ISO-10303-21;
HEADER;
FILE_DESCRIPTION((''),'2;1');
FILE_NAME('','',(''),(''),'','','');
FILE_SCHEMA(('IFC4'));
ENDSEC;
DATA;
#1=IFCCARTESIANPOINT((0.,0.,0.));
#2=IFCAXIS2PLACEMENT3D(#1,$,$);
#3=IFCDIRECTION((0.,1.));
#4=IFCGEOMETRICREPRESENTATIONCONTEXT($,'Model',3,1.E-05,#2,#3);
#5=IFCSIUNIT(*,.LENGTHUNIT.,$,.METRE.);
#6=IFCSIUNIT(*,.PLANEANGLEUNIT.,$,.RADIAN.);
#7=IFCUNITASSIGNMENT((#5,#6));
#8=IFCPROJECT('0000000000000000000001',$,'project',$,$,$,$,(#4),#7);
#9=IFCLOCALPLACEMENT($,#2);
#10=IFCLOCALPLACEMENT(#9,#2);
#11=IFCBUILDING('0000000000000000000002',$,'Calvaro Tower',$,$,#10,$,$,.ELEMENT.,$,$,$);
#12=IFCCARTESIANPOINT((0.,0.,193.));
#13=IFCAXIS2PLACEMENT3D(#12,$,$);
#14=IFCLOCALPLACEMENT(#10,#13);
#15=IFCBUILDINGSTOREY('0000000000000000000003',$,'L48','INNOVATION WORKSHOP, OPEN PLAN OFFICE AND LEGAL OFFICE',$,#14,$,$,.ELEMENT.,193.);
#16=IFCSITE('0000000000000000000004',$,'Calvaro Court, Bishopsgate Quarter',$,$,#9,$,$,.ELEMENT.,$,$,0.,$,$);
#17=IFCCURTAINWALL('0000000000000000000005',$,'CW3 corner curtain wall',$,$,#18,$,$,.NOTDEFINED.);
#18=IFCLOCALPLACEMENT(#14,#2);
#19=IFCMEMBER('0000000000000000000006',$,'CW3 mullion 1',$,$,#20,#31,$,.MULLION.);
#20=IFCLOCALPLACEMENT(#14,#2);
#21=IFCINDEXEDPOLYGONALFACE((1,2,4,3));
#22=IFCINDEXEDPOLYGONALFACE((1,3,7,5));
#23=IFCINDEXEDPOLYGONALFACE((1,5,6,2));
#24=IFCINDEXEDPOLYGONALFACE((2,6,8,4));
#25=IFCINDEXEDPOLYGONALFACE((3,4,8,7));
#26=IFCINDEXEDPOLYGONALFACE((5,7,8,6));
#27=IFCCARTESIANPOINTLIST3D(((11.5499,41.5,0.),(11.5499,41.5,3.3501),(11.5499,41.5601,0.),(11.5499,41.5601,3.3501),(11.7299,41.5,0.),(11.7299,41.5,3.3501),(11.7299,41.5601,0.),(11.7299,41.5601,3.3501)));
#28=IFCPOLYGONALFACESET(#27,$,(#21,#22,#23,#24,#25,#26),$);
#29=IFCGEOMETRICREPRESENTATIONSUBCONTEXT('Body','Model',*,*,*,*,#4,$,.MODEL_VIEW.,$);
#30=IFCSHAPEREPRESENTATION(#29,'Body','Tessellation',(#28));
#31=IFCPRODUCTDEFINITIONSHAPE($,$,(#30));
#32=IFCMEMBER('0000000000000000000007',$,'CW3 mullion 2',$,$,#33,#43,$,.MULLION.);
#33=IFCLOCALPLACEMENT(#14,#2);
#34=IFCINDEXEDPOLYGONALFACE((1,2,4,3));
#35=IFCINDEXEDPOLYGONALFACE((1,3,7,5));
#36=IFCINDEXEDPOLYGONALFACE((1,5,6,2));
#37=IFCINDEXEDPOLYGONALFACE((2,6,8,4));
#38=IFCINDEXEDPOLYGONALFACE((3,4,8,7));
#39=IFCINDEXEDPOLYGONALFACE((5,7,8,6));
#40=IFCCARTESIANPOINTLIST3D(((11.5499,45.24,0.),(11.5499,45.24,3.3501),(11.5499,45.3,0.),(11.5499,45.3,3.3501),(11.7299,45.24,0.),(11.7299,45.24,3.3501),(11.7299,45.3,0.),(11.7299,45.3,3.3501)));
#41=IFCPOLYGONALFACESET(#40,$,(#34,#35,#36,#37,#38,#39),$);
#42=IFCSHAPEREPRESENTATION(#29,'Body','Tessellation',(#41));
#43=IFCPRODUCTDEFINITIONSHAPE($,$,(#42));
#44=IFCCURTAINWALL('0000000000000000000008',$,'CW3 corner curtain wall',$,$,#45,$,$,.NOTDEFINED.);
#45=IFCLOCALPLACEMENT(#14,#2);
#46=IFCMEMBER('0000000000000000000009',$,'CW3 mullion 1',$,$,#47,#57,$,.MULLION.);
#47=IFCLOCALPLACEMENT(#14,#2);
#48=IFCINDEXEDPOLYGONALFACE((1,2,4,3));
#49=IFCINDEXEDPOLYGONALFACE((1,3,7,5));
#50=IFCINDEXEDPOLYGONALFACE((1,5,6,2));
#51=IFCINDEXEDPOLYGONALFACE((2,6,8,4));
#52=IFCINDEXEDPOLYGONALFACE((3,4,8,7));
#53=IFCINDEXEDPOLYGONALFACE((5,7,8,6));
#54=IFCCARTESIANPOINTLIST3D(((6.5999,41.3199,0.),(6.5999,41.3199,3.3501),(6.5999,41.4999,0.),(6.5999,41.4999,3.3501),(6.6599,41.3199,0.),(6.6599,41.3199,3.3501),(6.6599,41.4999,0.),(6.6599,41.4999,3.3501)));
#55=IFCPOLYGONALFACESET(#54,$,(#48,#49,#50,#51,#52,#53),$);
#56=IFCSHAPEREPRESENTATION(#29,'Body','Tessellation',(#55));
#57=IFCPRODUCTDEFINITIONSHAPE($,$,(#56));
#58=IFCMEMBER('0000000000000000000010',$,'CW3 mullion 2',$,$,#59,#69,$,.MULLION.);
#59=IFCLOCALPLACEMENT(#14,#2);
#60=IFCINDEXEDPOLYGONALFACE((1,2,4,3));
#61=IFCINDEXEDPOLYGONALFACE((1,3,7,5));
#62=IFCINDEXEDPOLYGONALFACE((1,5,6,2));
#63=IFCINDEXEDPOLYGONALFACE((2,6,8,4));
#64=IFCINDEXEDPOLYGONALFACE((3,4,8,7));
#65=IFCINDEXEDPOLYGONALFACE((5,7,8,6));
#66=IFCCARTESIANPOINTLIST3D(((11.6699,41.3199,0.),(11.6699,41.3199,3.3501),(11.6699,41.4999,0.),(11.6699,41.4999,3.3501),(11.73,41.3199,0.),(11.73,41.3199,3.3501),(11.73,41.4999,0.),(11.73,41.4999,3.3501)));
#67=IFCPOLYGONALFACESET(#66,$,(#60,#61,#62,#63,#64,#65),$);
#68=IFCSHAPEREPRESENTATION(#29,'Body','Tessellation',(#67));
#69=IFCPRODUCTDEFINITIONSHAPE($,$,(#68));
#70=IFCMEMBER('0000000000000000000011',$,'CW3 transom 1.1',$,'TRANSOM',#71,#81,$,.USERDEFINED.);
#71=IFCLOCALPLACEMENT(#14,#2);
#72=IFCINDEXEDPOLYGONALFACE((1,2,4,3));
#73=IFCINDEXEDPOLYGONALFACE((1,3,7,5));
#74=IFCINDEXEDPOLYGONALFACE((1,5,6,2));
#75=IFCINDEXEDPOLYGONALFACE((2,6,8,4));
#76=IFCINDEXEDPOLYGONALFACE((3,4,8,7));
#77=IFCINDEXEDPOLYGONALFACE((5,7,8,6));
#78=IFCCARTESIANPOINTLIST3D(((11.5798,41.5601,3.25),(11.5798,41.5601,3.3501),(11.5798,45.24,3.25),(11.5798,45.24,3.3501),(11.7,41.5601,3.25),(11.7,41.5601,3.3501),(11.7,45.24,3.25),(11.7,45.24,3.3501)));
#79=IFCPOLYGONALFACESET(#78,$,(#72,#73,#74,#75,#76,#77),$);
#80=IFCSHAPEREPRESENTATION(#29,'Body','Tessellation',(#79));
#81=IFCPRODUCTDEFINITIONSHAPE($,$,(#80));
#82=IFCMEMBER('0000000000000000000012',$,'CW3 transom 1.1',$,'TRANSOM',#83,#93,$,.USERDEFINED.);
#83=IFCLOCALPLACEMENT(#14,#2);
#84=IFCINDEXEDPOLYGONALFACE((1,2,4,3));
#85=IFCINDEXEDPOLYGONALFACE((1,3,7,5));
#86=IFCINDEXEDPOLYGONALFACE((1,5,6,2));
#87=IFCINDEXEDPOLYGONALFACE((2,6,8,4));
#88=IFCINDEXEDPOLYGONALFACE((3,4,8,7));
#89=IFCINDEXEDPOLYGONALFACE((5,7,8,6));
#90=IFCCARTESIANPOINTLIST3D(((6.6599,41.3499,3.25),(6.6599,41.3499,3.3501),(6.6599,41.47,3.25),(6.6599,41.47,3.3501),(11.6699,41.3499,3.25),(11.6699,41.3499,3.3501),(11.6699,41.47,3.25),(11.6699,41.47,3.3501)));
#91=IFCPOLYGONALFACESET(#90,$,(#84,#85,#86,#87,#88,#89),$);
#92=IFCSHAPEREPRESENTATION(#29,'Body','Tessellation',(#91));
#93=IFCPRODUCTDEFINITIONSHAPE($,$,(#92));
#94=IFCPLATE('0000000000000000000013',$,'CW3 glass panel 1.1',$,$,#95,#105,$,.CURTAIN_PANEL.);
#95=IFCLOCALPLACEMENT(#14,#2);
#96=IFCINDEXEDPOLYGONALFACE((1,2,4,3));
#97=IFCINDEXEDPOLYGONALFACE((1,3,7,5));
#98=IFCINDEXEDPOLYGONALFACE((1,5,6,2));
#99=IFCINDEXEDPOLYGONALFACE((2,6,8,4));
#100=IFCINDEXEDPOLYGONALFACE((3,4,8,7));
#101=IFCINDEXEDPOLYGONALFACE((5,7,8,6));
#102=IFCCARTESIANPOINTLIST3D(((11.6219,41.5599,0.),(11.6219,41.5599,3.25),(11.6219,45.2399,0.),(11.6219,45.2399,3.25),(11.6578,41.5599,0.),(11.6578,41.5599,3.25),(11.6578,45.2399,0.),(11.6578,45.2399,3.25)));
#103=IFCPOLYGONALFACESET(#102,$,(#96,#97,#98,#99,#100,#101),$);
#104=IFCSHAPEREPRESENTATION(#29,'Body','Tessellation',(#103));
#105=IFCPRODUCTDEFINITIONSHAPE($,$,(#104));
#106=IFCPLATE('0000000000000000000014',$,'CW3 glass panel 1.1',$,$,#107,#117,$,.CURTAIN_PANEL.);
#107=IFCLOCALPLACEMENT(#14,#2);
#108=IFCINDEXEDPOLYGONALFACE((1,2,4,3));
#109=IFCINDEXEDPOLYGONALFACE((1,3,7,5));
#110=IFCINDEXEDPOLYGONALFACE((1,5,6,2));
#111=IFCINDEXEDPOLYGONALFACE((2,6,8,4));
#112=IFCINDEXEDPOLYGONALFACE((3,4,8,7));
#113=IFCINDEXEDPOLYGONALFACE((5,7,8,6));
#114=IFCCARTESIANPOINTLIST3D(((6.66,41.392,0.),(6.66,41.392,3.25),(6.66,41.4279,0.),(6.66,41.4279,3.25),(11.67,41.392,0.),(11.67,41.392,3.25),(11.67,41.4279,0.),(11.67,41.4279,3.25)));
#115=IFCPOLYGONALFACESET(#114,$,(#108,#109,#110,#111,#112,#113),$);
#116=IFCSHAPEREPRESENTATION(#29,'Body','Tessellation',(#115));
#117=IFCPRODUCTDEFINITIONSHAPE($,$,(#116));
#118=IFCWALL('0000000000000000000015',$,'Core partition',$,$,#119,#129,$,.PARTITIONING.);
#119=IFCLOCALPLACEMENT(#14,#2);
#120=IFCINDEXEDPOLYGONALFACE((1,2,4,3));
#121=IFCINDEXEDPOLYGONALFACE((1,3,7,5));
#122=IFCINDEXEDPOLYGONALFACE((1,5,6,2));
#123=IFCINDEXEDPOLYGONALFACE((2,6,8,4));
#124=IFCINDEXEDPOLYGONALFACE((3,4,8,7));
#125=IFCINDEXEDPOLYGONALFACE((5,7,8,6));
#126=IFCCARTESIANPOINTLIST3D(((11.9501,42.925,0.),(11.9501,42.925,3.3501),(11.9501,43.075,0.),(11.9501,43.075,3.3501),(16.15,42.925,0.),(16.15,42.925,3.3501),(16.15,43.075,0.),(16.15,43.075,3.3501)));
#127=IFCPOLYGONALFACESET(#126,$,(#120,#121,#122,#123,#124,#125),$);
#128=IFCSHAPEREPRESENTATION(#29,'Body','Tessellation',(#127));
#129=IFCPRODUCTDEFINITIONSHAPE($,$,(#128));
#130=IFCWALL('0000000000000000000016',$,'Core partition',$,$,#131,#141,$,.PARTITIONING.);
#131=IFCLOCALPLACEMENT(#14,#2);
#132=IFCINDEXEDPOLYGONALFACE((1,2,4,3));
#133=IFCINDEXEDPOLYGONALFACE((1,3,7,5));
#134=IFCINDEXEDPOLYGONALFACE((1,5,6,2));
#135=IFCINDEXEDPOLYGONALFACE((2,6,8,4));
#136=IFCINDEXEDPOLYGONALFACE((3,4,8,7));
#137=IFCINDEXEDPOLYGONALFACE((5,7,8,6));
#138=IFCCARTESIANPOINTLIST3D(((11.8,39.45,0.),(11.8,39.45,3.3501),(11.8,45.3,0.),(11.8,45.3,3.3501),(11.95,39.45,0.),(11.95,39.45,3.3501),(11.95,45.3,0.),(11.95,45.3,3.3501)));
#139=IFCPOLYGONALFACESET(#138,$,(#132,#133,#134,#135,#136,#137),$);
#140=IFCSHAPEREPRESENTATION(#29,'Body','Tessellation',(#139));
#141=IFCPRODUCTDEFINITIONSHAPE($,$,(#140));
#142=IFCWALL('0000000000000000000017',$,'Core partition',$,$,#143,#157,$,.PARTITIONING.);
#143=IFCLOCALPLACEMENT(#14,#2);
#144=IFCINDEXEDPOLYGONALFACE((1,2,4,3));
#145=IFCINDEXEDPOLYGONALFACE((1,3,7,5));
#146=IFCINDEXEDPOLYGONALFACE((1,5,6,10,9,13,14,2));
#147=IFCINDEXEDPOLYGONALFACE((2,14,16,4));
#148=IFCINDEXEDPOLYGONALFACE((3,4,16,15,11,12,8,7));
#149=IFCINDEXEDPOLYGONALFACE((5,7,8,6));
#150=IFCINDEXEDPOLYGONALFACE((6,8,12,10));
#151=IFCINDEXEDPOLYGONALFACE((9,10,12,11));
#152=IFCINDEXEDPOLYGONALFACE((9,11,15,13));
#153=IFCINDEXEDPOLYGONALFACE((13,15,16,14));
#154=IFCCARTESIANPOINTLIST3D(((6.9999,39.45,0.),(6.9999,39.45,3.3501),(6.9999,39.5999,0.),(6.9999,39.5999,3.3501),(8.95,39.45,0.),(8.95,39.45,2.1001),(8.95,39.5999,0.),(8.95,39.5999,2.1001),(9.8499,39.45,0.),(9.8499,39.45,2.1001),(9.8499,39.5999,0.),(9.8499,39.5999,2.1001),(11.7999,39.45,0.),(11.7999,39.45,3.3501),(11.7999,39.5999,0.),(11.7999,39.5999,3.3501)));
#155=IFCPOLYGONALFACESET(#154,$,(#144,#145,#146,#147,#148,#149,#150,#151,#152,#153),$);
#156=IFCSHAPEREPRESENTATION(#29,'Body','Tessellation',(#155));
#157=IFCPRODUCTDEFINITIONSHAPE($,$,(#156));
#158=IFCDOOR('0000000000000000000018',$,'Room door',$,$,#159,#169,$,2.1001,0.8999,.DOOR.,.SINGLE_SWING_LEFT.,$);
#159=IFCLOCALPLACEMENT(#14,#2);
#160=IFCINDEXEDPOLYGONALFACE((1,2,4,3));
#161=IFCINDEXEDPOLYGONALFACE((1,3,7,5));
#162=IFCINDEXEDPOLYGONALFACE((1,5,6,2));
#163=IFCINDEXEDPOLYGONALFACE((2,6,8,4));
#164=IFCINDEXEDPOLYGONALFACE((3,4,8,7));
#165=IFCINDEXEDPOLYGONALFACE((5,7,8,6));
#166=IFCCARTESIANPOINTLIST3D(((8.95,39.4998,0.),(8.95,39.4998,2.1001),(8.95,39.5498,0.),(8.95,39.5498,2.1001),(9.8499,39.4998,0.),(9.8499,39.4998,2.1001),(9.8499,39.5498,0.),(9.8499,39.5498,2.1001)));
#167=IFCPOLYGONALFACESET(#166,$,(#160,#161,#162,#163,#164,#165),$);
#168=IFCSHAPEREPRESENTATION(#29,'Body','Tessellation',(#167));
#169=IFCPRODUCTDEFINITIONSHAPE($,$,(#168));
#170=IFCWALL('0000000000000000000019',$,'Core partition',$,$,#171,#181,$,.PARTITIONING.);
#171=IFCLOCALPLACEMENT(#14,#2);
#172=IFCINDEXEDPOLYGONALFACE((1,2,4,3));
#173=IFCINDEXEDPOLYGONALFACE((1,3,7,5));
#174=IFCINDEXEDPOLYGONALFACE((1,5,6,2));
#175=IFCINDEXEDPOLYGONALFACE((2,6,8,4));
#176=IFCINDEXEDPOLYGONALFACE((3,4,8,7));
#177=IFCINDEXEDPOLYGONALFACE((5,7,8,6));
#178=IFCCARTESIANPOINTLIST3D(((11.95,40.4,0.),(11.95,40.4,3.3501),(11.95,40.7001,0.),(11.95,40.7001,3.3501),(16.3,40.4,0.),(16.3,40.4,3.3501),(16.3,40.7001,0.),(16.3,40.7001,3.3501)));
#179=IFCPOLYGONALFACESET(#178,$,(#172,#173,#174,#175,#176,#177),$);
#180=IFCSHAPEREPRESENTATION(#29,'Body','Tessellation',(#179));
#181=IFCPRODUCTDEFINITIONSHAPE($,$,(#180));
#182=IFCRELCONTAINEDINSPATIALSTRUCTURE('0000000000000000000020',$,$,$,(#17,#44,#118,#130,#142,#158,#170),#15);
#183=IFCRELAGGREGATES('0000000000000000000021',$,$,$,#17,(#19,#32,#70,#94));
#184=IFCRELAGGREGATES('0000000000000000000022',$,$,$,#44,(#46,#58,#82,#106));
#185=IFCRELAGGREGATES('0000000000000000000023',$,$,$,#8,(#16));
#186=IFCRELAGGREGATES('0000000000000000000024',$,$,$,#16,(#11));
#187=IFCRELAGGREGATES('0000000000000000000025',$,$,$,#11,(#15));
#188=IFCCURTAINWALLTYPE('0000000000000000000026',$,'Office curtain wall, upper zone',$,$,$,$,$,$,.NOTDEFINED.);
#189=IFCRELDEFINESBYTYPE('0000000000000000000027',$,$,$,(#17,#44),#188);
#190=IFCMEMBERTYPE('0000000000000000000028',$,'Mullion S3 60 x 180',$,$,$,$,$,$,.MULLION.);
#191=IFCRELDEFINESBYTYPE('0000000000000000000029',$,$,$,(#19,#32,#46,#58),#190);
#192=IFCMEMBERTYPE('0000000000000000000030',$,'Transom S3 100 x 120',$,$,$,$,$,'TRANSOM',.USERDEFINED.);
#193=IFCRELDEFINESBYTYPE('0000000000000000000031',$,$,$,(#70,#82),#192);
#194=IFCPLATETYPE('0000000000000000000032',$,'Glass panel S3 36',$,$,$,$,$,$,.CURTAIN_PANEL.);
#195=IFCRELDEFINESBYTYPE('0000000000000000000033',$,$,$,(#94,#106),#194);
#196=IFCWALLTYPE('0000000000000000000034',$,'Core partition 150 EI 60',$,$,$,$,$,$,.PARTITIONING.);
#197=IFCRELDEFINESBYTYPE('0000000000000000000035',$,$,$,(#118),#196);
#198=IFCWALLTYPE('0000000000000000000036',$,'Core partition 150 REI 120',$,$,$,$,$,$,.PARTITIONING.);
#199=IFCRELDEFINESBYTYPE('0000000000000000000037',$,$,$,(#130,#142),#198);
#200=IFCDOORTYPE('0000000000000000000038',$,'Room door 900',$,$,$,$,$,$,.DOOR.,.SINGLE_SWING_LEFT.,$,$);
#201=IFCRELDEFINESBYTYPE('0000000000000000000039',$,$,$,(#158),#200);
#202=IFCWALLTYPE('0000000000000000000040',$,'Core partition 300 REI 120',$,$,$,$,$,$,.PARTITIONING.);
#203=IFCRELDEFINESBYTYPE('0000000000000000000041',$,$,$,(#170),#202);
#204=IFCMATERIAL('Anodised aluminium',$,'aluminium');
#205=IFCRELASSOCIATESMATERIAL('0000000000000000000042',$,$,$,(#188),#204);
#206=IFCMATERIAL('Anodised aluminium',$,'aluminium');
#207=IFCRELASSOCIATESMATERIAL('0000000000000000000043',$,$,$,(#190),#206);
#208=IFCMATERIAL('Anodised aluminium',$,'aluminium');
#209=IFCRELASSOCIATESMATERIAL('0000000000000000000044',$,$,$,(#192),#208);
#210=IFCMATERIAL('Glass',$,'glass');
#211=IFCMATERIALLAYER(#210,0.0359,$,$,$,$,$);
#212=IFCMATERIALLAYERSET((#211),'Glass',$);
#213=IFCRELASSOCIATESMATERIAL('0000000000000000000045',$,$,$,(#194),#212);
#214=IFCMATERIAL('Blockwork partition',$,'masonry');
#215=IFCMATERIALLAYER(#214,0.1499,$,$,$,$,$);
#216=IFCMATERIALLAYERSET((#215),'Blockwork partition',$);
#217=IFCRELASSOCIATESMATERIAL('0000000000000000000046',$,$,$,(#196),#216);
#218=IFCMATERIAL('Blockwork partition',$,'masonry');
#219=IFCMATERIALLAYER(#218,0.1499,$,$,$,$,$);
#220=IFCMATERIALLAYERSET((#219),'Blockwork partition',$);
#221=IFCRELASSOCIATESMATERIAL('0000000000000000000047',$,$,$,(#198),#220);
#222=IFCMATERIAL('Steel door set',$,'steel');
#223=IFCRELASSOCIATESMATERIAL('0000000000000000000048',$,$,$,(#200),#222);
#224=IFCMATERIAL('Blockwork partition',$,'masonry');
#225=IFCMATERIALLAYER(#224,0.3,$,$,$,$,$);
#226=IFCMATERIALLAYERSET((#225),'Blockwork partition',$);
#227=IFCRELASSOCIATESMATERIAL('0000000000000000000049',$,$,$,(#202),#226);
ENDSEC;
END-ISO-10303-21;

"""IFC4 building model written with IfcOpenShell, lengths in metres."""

from ifc_helpers import new_model, si_unit, direction, frame, frame_2d, origin, origin_2d, place, context, subcontext, project, spatial, rectangle, extrude, material, layer, layer_set, material_profile, profile_set, type_object, element, fill, aggregate, save


model = new_model("IFC4")

# Units and contexts
model_context = context("Model", 3, precision=1e-05, world=origin(), true_north=direction((0.0, 1.0)))
body_context = subcontext(model_context, "Body", "Model", "MODEL_VIEW")
ifc_project = project(units=[si_unit("LENGTHUNIT", "METRE"), si_unit("PLANEANGLEUNIT", "RADIAN")], contexts=[model_context])

# Site, building, storey
site_placement = place(None, origin())
site = spatial("IfcSite", under=ifc_project, at=site_placement, Name="Calvaro Court, Bishopsgate Quarter", CompositionType="ELEMENT", RefElevation=0.0)
building_placement = place(site_placement, origin())
building = spatial("IfcBuilding", under=site, at=building_placement, Name="Calvaro Tower", CompositionType="ELEMENT")
storey_placement = place(building_placement, frame((0.0, 0.0, 193.0)))
storey = spatial("IfcBuildingStorey", under=building, at=storey_placement, Name="L48", Description="INNOVATION WORKSHOP, OPEN PLAN OFFICE AND LEGAL OFFICE", CompositionType="ELEMENT", Elevation=193.0)

# Curtain walls, members
ifc_material_1 = material(Name="Anodised aluminium", Category="aluminium")
curtain_wall_type = type_object("IfcCurtainWallType", Name="Office curtain wall, upper zone", PredefinedType="NOTDEFINED", material=ifc_material_1)
curtain_wall_1_placement = place(storey_placement, origin())
curtain_wall_1 = element("IfcCurtainWall", 1, at=curtain_wall_1_placement, inside=storey, type_object=curtain_wall_type, Name="CW3 corner curtain wall", PredefinedType="NOTDEFINED")
ifc_material_2 = material(Name="Anodised aluminium", Category="aluminium")
ifc_material_profile_1 = material_profile(ifc_material_2, rectangle(XDim=0.1799, YDim=0.0601, at=origin_2d()), Name="Mullion S3 60 x 180")
ifc_profile_set_1 = profile_set([ifc_material_profile_1], Name="Anodised aluminium")
member_type_1 = type_object("IfcMemberType", Name="Mullion S3 60 x 180", PredefinedType="MULLION", material=ifc_profile_set_1)
member_1_placement = place(storey_placement, frame((11.6399, 41.53, 0.0), z_axis=(0.0, 0.0, 1.0), x_axis=(-1.0, 0.0, 0.0)))
member_1 = element("IfcMember", 2, at=member_1_placement, type_object=member_type_1, Name="CW3 mullion 1", PredefinedType="MULLION", context=body_context, shape_type="SweptSolid", body=[
    extrude(rectangle(XDim=0.1799, YDim=0.0601, at=origin_2d()), origin(), (0.0, 0.0, 1.0), 3.3501),
])
member_2_placement = place(storey_placement, frame((11.6399, 45.27, 0.0), z_axis=(0.0, 0.0, 1.0), x_axis=(-1.0, 0.0, 0.0)))
member_2 = element("IfcMember", 3, at=member_2_placement, type_object=member_type_1, Name="CW3 mullion 2", PredefinedType="MULLION", context=body_context, shape_type="SweptSolid", body=[
    extrude(rectangle(XDim=0.1799, YDim=0.0601, at=origin_2d()), origin(), (0.0, 0.0, 1.0), 3.3501),
])
curtain_wall_2_placement = place(storey_placement, origin())
curtain_wall_2 = element("IfcCurtainWall", 4, at=curtain_wall_2_placement, inside=storey, type_object=curtain_wall_type, Name="CW3 corner curtain wall", PredefinedType="NOTDEFINED")
member_3_placement = place(storey_placement, frame((6.6299, 41.4099, 0.0), z_axis=(0.0, 0.0, 1.0), x_axis=(0.0, 1.0, 0.0)))
member_3 = element("IfcMember", 5, at=member_3_placement, type_object=member_type_1, Name="CW3 mullion 1", PredefinedType="MULLION", context=body_context, shape_type="SweptSolid", body=[
    extrude(rectangle(XDim=0.1799, YDim=0.0601, at=origin_2d()), origin(), (0.0, 0.0, 1.0), 3.3501),
])
member_4_placement = place(storey_placement, frame((11.7, 41.4099, 0.0), z_axis=(0.0, 0.0, 1.0), x_axis=(0.0, 1.0, 0.0)))
member_4 = element("IfcMember", 6, at=member_4_placement, type_object=member_type_1, Name="CW3 mullion 2", PredefinedType="MULLION", context=body_context, shape_type="SweptSolid", body=[
    extrude(rectangle(XDim=0.1799, YDim=0.0601, at=origin_2d()), origin(), (0.0, 0.0, 1.0), 3.3501),
])

# Members
ifc_material_3 = material(Name="Anodised aluminium", Category="aluminium")
ifc_material_profile_2 = material_profile(ifc_material_3, rectangle(XDim=0.1201, YDim=0.1001, at=origin_2d()), Name="Transom S3 100 x 120")
ifc_profile_set_2 = profile_set([ifc_material_profile_2], Name="Anodised aluminium")
member_type_2 = type_object("IfcMemberType", Name="Transom S3 100 x 120", ElementType="TRANSOM", PredefinedType="USERDEFINED", material=ifc_profile_set_2)
member_5_placement = place(storey_placement, frame((11.6399, 41.5601, 3.3), z_axis=(0.0, 1.0, 0.0), x_axis=(-1.0, 0.0, 0.0)))
member_5 = element("IfcMember", 7, at=member_5_placement, type_object=member_type_2, Name="CW3 transom 1.1", ObjectType="TRANSOM", PredefinedType="USERDEFINED", context=body_context, shape_type="SweptSolid", body=[
    extrude(rectangle(XDim=0.1201, YDim=0.1001, at=origin_2d()), origin(), (0.0, 0.0, 1.0), 3.6799),
])
member_6_placement = place(storey_placement, frame((6.6599, 41.4099, 3.3), z_axis=(1.0, 0.0, 0.0), x_axis=(0.0, 1.0, 0.0)))
member_6 = element("IfcMember", 8, at=member_6_placement, type_object=member_type_2, Name="CW3 transom 1.1", ObjectType="TRANSOM", PredefinedType="USERDEFINED", context=body_context, shape_type="SweptSolid", body=[
    extrude(rectangle(XDim=0.1201, YDim=0.1001, at=origin_2d()), origin(), (0.0, 0.0, 1.0), 5.01),
])

# Plates
ifc_material_4 = material(Name="Glass", Category="glass")
ifc_layer_1 = layer(ifc_material_4, 0.0359)
ifc_layer_set_1 = layer_set([ifc_layer_1], Name="Glass")
plate_type = type_object("IfcPlateType", Name="Glass panel S3 36", PredefinedType="CURTAIN_PANEL", material=ifc_layer_set_1)
plate_1_placement = place(storey_placement, frame((11.6399, 43.3999, 0.0), z_axis=(0.0, 0.0, 1.0), x_axis=(0.0, 1.0, 0.0)))
plate_1 = element("IfcPlate", 9, at=plate_1_placement, type_object=plate_type, Name="CW3 glass panel 1.1", PredefinedType="CURTAIN_PANEL", context=body_context, shape_type="SweptSolid", body=[
    extrude(rectangle(XDim=3.6799, YDim=0.0359, at=origin_2d()), origin(), (0.0, 0.0, 1.0), 3.25),
])
aggregate(curtain_wall_1, [member_1, member_2, member_5, plate_1])
plate_2_placement = place(storey_placement, frame((9.165, 41.4099, 0.0), z_axis=(0.0, 0.0, 1.0), x_axis=(1.0, 0.0, 0.0)))
plate_2 = element("IfcPlate", 10, at=plate_2_placement, type_object=plate_type, Name="CW3 glass panel 1.1", PredefinedType="CURTAIN_PANEL", context=body_context, shape_type="SweptSolid", body=[
    extrude(rectangle(XDim=5.01, YDim=0.0359, at=origin_2d()), origin(), (0.0, 0.0, 1.0), 3.25),
])
aggregate(curtain_wall_2, [member_3, member_4, member_6, plate_2])

# Walls
ifc_material_5 = material(Name="Blockwork partition", Category="masonry")
ifc_layer_2 = layer(ifc_material_5, 0.1499)
ifc_layer_set_2 = layer_set([ifc_layer_2], Name="Blockwork partition")
wall_type_1 = type_object("IfcWallType", Name="Core partition 150 EI 60", PredefinedType="PARTITIONING", material=ifc_layer_set_2)
wall_1_placement = place(storey_placement, frame((11.95, 43.0, 0.0), z_axis=(0.0, 0.0, 1.0), x_axis=(1.0, 0.0, 0.0)))
element("IfcWall", 11, at=wall_1_placement, inside=storey, type_object=wall_type_1, Name="Core partition", PredefinedType="PARTITIONING", context=body_context, shape_type="SweptSolid", body=[
    extrude(rectangle(XDim=4.2, YDim=0.1499, at=frame_2d((2.1001, 0.0))), origin(), (0.0, 0.0, 1.0), 3.3501),
])
ifc_material_6 = material(Name="Blockwork partition", Category="masonry")
ifc_layer_3 = layer(ifc_material_6, 0.1499)
ifc_layer_set_3 = layer_set([ifc_layer_3], Name="Blockwork partition")
wall_type_2 = type_object("IfcWallType", Name="Core partition 150 REI 120", PredefinedType="PARTITIONING", material=ifc_layer_set_3)
wall_2_placement = place(storey_placement, frame((11.875, 39.45, 0.0), z_axis=(0.0, 0.0, 1.0), x_axis=(0.0, 1.0, 0.0)))
element("IfcWall", 12, at=wall_2_placement, inside=storey, type_object=wall_type_2, Name="Core partition", PredefinedType="PARTITIONING", context=body_context, shape_type="SweptSolid", body=[
    extrude(rectangle(XDim=5.8501, YDim=0.1499, at=frame_2d((2.925, 0.0))), origin(), (0.0, 0.0, 1.0), 3.3501),
])

# Wall, opening, door
wall_3_placement = place(storey_placement, frame((7.0, 39.5249, 0.0), z_axis=(0.0, 0.0, 1.0), x_axis=(1.0, 0.0, 0.0)))
wall_3 = element("IfcWall", 13, at=wall_3_placement, inside=storey, type_object=wall_type_2, Name="Core partition", PredefinedType="PARTITIONING", context=body_context, shape_type="SweptSolid", body=[
    extrude(rectangle(XDim=4.8, YDim=0.1499, at=frame_2d((2.3999, 0.0))), origin(), (0.0, 0.0, 1.0), 3.3501),
])
opening_1_placement = place(wall_3_placement, frame((1.95, 0.0, 0.0)))
opening_1 = element("IfcOpeningElement", 14, at=opening_1_placement, cuts=wall_3, PredefinedType="OPENING", context=body_context, shape_type="SweptSolid", body=[
    extrude(rectangle(XDim=0.8999, YDim=2.1001, at=frame_2d((0.45, 1.05))), frame((0.0, 0.085, 0.0), z_axis=(0.0, -1.0, 0.0), x_axis=(1.0, 0.0, 0.0)), (0.0, 0.0, 1.0), 0.1699),
])
ifc_material_7 = material(Name="Steel door set", Category="steel")
door_type = type_object("IfcDoorType", Name="Room door 900", OperationType="SINGLE_SWING_LEFT", PredefinedType="DOOR", material=ifc_material_7)
door_placement = place(opening_1_placement, origin())
door = element("IfcDoor", 15, at=door_placement, inside=storey, type_object=door_type, Name="Room door", OperationType="SINGLE_SWING_LEFT", OverallHeight=2.1001, OverallWidth=0.8999, PredefinedType="DOOR", context=body_context, shape_type="SweptSolid", body=[
    extrude(rectangle(XDim=0.8999, YDim=2.1001, at=frame_2d((0.45, 1.05))), frame((0.0, 0.0249, 0.0), z_axis=(0.0, -1.0, 0.0), x_axis=(1.0, 0.0, 0.0)), (0.0, 0.0, 1.0), 0.05),
])
fill(opening_1, door)

# Wall
ifc_material_8 = material(Name="Blockwork partition", Category="masonry")
ifc_layer_4 = layer(ifc_material_8, 0.3)
ifc_layer_set_4 = layer_set([ifc_layer_4], Name="Blockwork partition")
wall_type_3 = type_object("IfcWallType", Name="Core partition 300 REI 120", PredefinedType="PARTITIONING", material=ifc_layer_set_4)
wall_4_placement = place(storey_placement, frame((11.95, 40.55, 0.0), z_axis=(0.0, 0.0, 1.0), x_axis=(1.0, 0.0, 0.0)))
element("IfcWall", 16, at=wall_4_placement, inside=storey, type_object=wall_type_3, Name="Core partition", PredefinedType="PARTITIONING", context=body_context, shape_type="SweptSolid", body=[
    extrude(rectangle(XDim=4.3501, YDim=0.3, at=frame_2d((2.175, 0.0))), origin(), (0.0, 0.0, 1.0), 3.3501),
])

save(model, "model.ifc")
